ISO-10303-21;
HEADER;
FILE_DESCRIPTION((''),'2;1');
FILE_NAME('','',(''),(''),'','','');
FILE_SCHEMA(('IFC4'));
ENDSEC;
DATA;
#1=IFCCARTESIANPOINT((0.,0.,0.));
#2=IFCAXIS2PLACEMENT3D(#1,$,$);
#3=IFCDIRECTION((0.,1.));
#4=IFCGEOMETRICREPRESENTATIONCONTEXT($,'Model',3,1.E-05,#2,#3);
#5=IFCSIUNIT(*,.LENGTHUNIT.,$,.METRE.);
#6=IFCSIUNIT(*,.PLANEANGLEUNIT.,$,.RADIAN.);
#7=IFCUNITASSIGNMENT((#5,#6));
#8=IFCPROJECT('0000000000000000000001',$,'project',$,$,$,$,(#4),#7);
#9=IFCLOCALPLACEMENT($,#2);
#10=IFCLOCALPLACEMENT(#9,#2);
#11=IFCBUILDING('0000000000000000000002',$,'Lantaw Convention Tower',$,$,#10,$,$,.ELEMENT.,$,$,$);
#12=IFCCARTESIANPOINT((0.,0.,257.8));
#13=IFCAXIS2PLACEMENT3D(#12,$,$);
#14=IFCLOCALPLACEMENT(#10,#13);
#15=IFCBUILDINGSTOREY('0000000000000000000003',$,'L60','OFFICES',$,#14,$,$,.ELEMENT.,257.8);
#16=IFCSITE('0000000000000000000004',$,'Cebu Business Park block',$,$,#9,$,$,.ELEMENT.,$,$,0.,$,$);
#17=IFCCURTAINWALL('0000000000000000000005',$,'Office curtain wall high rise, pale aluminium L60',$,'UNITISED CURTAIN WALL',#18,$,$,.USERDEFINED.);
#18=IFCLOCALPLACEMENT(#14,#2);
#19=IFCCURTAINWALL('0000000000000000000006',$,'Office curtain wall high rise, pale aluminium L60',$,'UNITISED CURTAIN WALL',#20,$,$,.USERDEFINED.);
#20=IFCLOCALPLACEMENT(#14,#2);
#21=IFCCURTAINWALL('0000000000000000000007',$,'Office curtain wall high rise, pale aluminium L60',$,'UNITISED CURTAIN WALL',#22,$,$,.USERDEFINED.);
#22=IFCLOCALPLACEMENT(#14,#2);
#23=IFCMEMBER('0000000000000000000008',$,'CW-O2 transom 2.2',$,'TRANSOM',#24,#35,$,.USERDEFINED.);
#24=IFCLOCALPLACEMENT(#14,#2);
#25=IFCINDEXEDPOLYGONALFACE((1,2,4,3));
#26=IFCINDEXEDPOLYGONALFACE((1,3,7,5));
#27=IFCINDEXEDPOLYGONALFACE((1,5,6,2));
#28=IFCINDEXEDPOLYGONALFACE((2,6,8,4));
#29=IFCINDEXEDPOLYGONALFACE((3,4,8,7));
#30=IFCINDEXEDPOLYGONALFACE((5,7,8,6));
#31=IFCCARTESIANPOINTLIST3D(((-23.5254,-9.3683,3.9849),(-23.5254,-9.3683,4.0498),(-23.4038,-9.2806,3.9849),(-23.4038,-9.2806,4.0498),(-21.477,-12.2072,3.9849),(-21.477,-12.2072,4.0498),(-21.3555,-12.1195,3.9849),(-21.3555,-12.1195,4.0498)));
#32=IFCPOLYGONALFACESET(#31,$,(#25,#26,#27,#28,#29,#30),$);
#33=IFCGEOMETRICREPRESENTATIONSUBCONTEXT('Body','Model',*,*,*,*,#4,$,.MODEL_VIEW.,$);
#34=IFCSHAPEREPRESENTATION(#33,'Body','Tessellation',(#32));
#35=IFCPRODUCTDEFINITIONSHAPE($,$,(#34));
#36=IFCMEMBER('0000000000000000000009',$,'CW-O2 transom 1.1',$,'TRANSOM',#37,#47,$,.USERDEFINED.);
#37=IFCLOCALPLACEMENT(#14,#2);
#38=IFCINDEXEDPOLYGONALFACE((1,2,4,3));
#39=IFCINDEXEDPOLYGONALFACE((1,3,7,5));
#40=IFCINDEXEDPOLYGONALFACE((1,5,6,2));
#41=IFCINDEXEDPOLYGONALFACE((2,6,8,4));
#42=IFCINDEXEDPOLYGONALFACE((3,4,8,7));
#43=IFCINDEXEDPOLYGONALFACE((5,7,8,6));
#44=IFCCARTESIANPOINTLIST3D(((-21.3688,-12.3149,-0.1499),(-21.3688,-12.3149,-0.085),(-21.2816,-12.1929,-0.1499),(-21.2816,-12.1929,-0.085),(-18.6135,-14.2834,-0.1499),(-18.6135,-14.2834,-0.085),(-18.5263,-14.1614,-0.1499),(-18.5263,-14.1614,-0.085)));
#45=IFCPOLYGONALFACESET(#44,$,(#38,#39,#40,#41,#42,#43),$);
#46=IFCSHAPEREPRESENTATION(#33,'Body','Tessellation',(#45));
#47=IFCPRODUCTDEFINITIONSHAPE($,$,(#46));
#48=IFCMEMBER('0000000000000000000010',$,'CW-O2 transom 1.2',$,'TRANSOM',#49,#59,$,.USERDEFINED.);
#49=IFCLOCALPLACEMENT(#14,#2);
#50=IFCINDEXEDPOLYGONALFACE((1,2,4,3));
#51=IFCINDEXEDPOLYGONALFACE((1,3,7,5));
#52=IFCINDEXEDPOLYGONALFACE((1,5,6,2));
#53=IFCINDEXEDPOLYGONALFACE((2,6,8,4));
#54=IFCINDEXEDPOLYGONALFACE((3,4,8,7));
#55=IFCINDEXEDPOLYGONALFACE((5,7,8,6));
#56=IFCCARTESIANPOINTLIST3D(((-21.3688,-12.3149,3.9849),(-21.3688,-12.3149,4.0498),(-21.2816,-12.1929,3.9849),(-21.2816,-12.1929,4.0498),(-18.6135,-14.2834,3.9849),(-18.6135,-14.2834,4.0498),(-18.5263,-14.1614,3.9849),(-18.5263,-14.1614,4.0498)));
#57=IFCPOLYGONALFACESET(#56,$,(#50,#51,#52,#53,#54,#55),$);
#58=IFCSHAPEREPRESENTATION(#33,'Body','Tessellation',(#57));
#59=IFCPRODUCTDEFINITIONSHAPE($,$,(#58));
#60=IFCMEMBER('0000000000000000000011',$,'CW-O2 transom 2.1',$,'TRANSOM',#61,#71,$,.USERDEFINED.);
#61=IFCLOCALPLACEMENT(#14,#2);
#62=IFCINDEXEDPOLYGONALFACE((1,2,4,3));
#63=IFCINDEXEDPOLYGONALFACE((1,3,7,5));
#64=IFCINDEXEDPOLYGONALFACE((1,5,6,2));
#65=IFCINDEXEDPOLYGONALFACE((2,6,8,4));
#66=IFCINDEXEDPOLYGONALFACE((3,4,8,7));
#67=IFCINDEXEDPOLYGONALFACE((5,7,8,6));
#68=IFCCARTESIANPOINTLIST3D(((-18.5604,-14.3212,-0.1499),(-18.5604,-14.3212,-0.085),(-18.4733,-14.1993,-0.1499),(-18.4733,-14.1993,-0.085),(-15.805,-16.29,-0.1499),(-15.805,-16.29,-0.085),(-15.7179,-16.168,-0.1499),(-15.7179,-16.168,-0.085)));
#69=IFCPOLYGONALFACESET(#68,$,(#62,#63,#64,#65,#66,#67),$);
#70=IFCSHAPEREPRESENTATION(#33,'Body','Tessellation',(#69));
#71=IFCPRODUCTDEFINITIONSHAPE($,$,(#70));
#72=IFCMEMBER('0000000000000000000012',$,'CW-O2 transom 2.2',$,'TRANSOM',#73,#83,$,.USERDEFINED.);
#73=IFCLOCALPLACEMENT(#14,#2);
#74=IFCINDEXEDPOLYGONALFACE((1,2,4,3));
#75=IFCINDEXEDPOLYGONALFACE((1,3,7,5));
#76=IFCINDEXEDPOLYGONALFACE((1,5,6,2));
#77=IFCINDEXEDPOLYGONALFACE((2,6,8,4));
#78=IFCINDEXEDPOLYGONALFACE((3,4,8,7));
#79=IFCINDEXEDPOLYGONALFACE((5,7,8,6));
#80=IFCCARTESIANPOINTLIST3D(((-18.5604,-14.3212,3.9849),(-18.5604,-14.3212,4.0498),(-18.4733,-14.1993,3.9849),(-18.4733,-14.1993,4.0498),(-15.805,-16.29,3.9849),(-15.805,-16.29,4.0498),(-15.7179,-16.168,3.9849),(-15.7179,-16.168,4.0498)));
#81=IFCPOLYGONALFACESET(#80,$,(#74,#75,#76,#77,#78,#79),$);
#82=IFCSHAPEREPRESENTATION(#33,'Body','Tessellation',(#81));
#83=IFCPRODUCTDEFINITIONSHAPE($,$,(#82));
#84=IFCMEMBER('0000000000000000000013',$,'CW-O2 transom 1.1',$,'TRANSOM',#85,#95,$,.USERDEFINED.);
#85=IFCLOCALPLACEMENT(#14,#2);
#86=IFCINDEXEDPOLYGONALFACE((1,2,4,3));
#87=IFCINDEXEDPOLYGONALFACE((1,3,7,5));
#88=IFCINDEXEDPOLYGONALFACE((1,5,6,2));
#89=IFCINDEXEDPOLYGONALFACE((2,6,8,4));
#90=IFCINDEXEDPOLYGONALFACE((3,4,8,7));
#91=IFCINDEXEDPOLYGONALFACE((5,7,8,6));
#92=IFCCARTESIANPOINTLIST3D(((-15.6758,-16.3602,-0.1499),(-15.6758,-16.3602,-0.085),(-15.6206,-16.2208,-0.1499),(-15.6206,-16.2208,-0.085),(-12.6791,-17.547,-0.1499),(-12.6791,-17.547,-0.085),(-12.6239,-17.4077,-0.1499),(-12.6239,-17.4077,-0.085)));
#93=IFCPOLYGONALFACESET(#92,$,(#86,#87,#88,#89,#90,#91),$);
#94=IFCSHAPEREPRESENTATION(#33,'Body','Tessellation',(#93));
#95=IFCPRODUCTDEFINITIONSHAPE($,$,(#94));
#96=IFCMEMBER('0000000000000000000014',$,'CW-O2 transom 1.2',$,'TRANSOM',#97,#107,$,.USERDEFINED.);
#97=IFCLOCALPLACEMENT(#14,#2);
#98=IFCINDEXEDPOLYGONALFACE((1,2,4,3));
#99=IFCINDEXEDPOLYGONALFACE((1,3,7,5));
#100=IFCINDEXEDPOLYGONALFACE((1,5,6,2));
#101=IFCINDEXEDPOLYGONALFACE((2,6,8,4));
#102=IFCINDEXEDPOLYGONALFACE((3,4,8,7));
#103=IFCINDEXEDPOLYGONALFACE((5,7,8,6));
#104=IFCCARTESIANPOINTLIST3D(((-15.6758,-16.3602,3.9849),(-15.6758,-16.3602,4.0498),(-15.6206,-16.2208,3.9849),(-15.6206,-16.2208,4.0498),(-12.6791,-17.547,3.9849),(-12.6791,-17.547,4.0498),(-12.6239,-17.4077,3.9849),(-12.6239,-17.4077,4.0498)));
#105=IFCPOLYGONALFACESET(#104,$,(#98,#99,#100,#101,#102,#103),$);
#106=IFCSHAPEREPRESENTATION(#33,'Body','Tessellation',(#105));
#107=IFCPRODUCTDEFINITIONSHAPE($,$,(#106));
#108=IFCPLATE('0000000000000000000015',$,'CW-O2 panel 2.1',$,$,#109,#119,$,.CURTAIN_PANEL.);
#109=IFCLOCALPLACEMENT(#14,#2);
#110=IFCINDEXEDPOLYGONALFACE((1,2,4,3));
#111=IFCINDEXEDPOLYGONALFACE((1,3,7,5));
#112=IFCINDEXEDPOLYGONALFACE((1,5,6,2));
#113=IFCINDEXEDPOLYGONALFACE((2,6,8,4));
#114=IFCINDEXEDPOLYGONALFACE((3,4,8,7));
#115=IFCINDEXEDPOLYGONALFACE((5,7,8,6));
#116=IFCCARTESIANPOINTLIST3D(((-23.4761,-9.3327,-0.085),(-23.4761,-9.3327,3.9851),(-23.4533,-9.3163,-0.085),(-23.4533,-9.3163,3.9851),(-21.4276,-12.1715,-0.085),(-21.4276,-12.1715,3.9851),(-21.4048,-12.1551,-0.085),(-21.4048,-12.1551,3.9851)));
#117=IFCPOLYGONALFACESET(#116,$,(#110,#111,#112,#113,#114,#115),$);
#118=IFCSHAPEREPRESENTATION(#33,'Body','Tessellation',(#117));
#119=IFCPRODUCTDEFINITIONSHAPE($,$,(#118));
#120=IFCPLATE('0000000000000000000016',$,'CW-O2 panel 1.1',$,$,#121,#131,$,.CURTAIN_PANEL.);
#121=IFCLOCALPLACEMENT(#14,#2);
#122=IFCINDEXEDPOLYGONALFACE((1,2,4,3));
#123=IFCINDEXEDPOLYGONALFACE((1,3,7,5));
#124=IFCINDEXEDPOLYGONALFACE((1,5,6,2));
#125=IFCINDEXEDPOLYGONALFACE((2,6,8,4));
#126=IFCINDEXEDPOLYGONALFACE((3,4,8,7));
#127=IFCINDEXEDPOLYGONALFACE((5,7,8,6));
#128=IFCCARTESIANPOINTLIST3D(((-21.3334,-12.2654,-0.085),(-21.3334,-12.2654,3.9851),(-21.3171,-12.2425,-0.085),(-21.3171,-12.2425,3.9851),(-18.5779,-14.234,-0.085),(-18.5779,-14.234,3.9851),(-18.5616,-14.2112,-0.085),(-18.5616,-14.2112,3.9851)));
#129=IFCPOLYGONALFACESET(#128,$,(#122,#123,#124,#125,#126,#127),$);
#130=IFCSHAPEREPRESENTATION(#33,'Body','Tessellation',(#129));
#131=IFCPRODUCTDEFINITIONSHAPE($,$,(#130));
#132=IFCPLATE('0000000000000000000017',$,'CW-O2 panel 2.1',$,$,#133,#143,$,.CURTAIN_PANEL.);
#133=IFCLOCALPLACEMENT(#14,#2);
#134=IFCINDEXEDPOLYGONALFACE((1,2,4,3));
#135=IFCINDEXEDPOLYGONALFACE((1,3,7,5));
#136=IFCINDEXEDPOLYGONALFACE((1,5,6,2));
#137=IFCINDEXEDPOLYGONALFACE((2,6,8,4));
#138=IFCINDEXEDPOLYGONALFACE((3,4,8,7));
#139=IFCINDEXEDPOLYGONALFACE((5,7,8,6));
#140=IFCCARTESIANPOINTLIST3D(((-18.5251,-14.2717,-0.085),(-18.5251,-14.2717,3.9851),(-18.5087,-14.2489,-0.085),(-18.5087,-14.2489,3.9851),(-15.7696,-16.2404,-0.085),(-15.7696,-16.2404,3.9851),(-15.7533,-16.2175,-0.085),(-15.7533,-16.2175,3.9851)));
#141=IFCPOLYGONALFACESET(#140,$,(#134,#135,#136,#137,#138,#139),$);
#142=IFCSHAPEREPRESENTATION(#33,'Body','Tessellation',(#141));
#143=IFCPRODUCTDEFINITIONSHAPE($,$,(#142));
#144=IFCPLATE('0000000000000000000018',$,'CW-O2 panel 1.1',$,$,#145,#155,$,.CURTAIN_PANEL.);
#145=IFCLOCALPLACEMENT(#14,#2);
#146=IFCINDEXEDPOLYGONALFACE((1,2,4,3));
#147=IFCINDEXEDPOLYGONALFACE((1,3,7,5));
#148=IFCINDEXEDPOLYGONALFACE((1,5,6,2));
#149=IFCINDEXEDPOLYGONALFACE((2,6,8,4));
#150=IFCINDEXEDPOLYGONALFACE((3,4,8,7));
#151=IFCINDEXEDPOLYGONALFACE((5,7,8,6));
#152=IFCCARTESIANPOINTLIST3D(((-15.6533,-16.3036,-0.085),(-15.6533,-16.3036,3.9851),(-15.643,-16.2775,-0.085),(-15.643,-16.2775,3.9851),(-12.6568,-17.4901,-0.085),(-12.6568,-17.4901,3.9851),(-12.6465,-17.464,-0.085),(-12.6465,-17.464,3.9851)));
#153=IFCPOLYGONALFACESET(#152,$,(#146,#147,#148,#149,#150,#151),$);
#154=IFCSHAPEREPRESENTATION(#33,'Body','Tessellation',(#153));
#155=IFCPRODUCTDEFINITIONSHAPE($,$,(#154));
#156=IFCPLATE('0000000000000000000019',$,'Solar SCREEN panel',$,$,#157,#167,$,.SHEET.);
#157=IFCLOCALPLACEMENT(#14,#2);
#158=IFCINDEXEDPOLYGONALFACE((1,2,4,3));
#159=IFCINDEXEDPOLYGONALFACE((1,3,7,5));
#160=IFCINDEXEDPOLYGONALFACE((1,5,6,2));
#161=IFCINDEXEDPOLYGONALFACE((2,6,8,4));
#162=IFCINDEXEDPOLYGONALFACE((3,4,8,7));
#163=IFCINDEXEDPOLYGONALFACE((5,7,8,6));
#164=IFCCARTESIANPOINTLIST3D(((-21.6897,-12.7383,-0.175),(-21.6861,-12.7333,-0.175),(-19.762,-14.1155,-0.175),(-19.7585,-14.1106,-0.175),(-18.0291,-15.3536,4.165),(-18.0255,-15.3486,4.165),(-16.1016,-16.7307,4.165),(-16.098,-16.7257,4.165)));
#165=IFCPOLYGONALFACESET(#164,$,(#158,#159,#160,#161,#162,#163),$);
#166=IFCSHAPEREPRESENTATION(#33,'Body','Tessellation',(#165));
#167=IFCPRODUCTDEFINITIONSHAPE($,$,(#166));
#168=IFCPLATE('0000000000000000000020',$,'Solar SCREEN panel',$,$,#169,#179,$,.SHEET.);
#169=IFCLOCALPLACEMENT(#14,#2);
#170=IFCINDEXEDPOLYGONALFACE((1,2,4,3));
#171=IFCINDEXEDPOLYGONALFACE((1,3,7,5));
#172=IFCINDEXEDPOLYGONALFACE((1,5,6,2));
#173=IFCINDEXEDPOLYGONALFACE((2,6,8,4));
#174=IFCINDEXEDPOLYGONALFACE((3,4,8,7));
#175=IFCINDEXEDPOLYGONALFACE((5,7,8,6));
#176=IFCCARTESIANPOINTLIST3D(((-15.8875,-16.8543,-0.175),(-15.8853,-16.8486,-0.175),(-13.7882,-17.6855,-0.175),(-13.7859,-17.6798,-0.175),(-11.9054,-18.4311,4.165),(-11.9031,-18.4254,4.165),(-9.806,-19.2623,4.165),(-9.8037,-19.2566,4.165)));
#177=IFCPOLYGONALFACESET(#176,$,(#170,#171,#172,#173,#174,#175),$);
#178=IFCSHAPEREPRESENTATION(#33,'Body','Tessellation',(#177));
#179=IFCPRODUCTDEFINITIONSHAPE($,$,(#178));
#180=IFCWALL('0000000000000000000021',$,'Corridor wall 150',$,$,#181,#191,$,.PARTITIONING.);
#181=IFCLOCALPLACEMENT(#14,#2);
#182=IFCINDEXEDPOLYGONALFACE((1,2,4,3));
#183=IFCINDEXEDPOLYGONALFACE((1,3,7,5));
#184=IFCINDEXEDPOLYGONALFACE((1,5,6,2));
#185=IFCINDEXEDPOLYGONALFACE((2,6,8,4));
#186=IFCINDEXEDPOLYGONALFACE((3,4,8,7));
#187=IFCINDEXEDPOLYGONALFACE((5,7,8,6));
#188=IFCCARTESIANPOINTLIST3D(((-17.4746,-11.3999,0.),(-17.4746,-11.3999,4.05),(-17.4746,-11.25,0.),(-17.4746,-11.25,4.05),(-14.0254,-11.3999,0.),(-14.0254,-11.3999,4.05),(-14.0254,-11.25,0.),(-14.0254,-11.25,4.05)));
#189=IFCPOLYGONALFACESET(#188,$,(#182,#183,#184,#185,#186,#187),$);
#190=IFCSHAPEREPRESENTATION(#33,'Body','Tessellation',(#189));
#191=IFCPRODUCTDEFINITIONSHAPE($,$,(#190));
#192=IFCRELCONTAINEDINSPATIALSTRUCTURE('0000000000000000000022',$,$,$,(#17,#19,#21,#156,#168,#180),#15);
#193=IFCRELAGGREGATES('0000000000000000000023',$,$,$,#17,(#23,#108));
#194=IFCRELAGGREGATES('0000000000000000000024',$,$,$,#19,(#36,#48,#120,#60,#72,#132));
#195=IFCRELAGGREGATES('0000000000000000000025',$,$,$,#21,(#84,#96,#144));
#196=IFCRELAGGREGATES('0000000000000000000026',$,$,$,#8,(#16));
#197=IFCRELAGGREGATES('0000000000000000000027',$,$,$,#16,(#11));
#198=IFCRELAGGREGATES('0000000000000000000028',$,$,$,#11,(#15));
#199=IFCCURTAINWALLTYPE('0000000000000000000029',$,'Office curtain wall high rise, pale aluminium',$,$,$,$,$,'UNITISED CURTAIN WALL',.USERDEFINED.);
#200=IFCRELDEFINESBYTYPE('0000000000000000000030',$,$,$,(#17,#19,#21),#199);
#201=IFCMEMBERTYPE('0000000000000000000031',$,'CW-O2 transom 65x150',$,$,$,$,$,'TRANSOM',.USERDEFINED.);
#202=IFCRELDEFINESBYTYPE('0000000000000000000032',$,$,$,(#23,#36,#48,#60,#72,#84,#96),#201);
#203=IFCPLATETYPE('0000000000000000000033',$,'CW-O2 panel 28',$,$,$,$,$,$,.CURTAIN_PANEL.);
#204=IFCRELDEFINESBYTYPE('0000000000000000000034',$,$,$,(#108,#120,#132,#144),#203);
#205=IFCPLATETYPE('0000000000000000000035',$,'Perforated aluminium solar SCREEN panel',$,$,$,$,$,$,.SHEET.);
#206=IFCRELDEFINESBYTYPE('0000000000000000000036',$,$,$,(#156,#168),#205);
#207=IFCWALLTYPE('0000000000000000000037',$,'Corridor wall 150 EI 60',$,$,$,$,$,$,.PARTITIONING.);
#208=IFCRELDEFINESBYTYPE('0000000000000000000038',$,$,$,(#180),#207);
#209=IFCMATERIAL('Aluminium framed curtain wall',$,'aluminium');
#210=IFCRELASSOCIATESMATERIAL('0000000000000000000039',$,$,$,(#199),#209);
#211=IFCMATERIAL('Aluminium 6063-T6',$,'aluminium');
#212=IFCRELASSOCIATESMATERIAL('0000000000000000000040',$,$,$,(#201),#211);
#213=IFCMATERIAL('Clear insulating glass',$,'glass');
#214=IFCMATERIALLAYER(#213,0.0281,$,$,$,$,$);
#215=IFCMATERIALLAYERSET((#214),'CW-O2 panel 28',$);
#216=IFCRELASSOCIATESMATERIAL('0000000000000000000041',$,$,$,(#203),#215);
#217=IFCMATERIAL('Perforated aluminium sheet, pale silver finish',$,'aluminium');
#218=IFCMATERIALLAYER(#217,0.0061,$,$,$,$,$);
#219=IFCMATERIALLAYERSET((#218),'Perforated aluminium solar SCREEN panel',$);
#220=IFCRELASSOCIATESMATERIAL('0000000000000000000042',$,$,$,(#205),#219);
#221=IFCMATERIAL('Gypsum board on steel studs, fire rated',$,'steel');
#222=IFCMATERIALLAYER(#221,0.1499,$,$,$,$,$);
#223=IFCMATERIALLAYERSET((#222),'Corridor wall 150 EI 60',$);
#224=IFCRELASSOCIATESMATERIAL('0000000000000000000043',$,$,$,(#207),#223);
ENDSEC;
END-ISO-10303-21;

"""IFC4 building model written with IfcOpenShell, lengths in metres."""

from ifc_helpers import new_model, si_unit, direction, frame, frame_2d, origin, origin_2d, place, context, subcontext, project, spatial, polyline, rectangle, outline, extrude, material, layer, layer_set, material_profile, profile_set, type_object, element, aggregate, save


model = new_model("IFC4")

# Units and contexts
model_context = context("Model", 3, precision=1e-05, world=origin(), true_north=direction((0.0, 1.0)))
body_context = subcontext(model_context, "Body", "Model", "MODEL_VIEW")
ifc_project = project(units=[si_unit("LENGTHUNIT", "METRE"), si_unit("PLANEANGLEUNIT", "RADIAN")], contexts=[model_context])

# Site, building, storey
site_placement = place(None, origin())
site = spatial("IfcSite", under=ifc_project, at=site_placement, Name="Cebu Business Park block", CompositionType="ELEMENT", RefElevation=0.0)
building_placement = place(site_placement, origin())
building = spatial("IfcBuilding", under=site, at=building_placement, Name="Lantaw Convention Tower", CompositionType="ELEMENT")
storey_placement = place(building_placement, frame((0.0, 0.0, 257.8)))
storey = spatial("IfcBuildingStorey", under=building, at=storey_placement, Name="L60", Description="OFFICES", CompositionType="ELEMENT", Elevation=257.8)

# Curtain walls
ifc_material_1 = material(Name="Aluminium framed curtain wall", Category="aluminium")
curtain_wall_type = type_object("IfcCurtainWallType", Name="Office curtain wall high rise, pale aluminium", ElementType="UNITISED CURTAIN WALL", PredefinedType="USERDEFINED", material=ifc_material_1)
curtain_wall_1_placement = place(storey_placement, origin())
curtain_wall_1 = element("IfcCurtainWall", 1, at=curtain_wall_1_placement, inside=storey, type_object=curtain_wall_type, Name="Office curtain wall high rise, pale aluminium L60", ObjectType="UNITISED CURTAIN WALL", PredefinedType="USERDEFINED")
ifc_material_2 = material(Name="Aluminium 6063-T6", Category="aluminium")
curtain_wall_2_placement = place(storey_placement, origin())
curtain_wall_2 = element("IfcCurtainWall", 2, at=curtain_wall_2_placement, inside=storey, type_object=curtain_wall_type, Name="Office curtain wall high rise, pale aluminium L60", ObjectType="UNITISED CURTAIN WALL", PredefinedType="USERDEFINED")

# Curtain wall
curtain_wall_3_placement = place(storey_placement, origin())
curtain_wall_3 = element("IfcCurtainWall", 3, at=curtain_wall_3_placement, inside=storey, type_object=curtain_wall_type, Name="Office curtain wall high rise, pale aluminium L60", ObjectType="UNITISED CURTAIN WALL", PredefinedType="USERDEFINED")

# Members
ifc_material_profile_1 = material_profile(ifc_material_2, rectangle(XDim=0.1499, YDim=0.0649, at=origin_2d()), Name="CW-O2 transom 65x150")
ifc_profile_set_1 = profile_set([ifc_material_profile_1], Name="Aluminium 6063-T6")
member_type_1 = type_object("IfcMemberType", Name="CW-O2 transom 65x150", ElementType="TRANSOM", PredefinedType="USERDEFINED", material=ifc_profile_set_1)
member_1_placement = place(storey_placement, frame((-23.4646, -9.3245, 4.0173), z_axis=(0.585124, -0.810944, 0.0), x_axis=(0.810944, 0.585124, 0.0)))
member_1 = element("IfcMember", 4, at=member_1_placement, type_object=member_type_1, Name="CW-O2 transom 2.2", ObjectType="TRANSOM", PredefinedType="USERDEFINED", context=body_context, shape_type="SweptSolid", body=[
    extrude(rectangle(XDim=0.1499, YDim=0.0649, at=origin_2d()), origin(), (0.0, 0.0, 1.0), 3.5007),
])
member_2_placement = place(storey_placement, frame((-21.3252, -12.2539, -0.1174), z_axis=(0.81368, -0.581313, 0.0), x_axis=(0.581313, 0.81368, 0.0)))
member_2 = element("IfcMember", 5, at=member_2_placement, type_object=member_type_1, Name="CW-O2 transom 1.1", ObjectType="TRANSOM", PredefinedType="USERDEFINED", context=body_context, shape_type="SweptSolid", body=[
    extrude(rectangle(XDim=0.1499, YDim=0.0649, at=origin_2d()), origin(), (0.0, 0.0, 1.0), 3.3862),
])
member_3_placement = place(storey_placement, frame((-21.3252, -12.2539, 4.0173), z_axis=(0.81368, -0.581313, 0.0), x_axis=(0.581313, 0.81368, 0.0)))
member_3 = element("IfcMember", 6, at=member_3_placement, type_object=member_type_1, Name="CW-O2 transom 1.2", ObjectType="TRANSOM", PredefinedType="USERDEFINED", context=body_context, shape_type="SweptSolid", body=[
    extrude(rectangle(XDim=0.1499, YDim=0.0649, at=origin_2d()), origin(), (0.0, 0.0, 1.0), 3.3862),
])
member_4_placement = place(storey_placement, frame((-18.5168, -14.2603, -0.1174), z_axis=(0.813646, -0.581361, 0.0), x_axis=(0.581361, 0.813646, 0.0)))
member_4 = element("IfcMember", 7, at=member_4_placement, type_object=member_type_1, Name="CW-O2 transom 2.1", ObjectType="TRANSOM", PredefinedType="USERDEFINED", context=body_context, shape_type="SweptSolid", body=[
    extrude(rectangle(XDim=0.1499, YDim=0.0649, at=origin_2d()), origin(), (0.0, 0.0, 1.0), 3.3865),
])
member_5_placement = place(storey_placement, frame((-18.5168, -14.2603, 4.0173), z_axis=(0.813646, -0.581361, 0.0), x_axis=(0.581361, 0.813646, 0.0)))
member_5 = element("IfcMember", 8, at=member_5_placement, type_object=member_type_1, Name="CW-O2 transom 2.2", ObjectType="TRANSOM", PredefinedType="USERDEFINED", context=body_context, shape_type="SweptSolid", body=[
    extrude(rectangle(XDim=0.1499, YDim=0.0649, at=origin_2d()), origin(), (0.0, 0.0, 1.0), 3.3865),
])
member_6_placement = place(storey_placement, frame((-15.6482, -16.2905, -0.1174), z_axis=(0.929741, -0.368215, 0.0), x_axis=(0.368215, 0.929741, 0.0)))
member_6 = element("IfcMember", 9, at=member_6_placement, type_object=member_type_1, Name="CW-O2 transom 1.1", ObjectType="TRANSOM", PredefinedType="USERDEFINED", context=body_context, shape_type="SweptSolid", body=[
    extrude(rectangle(XDim=0.1499, YDim=0.0649, at=origin_2d()), origin(), (0.0, 0.0, 1.0), 3.2231),
])
member_7_placement = place(storey_placement, frame((-15.6482, -16.2905, 4.0173), z_axis=(0.929741, -0.368215, 0.0), x_axis=(0.368215, 0.929741, 0.0)))
member_7 = element("IfcMember", 10, at=member_7_placement, type_object=member_type_1, Name="CW-O2 transom 1.2", ObjectType="TRANSOM", PredefinedType="USERDEFINED", context=body_context, shape_type="SweptSolid", body=[
    extrude(rectangle(XDim=0.1499, YDim=0.0649, at=origin_2d()), origin(), (0.0, 0.0, 1.0), 3.2231),
])

# Plates
ifc_material_3 = material(Name="Clear insulating glass", Category="glass")
ifc_layer_1 = layer(ifc_material_3, 0.0281)
ifc_layer_set_1 = layer_set([ifc_layer_1], Name="CW-O2 panel 28")
plate_type_1 = type_object("IfcPlateType", Name="CW-O2 panel 28", PredefinedType="CURTAIN_PANEL", material=ifc_layer_set_1)
plate_1_placement = place(storey_placement, frame((-22.4404, -10.7439, -0.085), z_axis=(0.0, 0.0, 1.0), x_axis=(0.585158, -0.81092, 0.0)))
plate_1 = element("IfcPlate", 11, at=plate_1_placement, type_object=plate_type_1, Name="CW-O2 panel 2.1", PredefinedType="CURTAIN_PANEL", context=body_context, shape_type="SweptSolid", body=[
    extrude(rectangle(XDim=3.5007, YDim=0.0281, at=origin_2d()), origin(), (0.0, 0.0, 1.0), 4.0701),
])
aggregate(curtain_wall_1, [member_1, plate_1])
plate_2_placement = place(storey_placement, frame((-19.9475, -13.2383, -0.085), z_axis=(0.0, 0.0, 1.0), x_axis=(0.813673, -0.581323, 0.0)))
plate_2 = element("IfcPlate", 12, at=plate_2_placement, type_object=plate_type_1, Name="CW-O2 panel 1.1", PredefinedType="CURTAIN_PANEL", context=body_context, shape_type="SweptSolid", body=[
    extrude(rectangle(XDim=3.3865, YDim=0.0281, at=origin_2d()), origin(), (0.0, 0.0, 1.0), 4.0701),
])
plate_3_placement = place(storey_placement, frame((-17.1392, -15.2446, -0.085), z_axis=(0.0, 0.0, 1.0), x_axis=(0.813673, -0.581323, 0.0)))
plate_3 = element("IfcPlate", 13, at=plate_3_placement, type_object=plate_type_1, Name="CW-O2 panel 2.1", PredefinedType="CURTAIN_PANEL", context=body_context, shape_type="SweptSolid", body=[
    extrude(rectangle(XDim=3.3865, YDim=0.0281, at=origin_2d()), origin(), (0.0, 0.0, 1.0), 4.0701),
])
aggregate(curtain_wall_2, [member_2, member_3, plate_2, member_4, member_5, plate_3])
plate_4_placement = place(storey_placement, frame((-14.1499, -16.8838, -0.085), z_axis=(0.0, 0.0, 1.0), x_axis=(0.929762, -0.368162, 0.0)))
plate_4 = element("IfcPlate", 14, at=plate_4_placement, type_object=plate_type_1, Name="CW-O2 panel 1.1", PredefinedType="CURTAIN_PANEL", context=body_context, shape_type="SweptSolid", body=[
    extrude(rectangle(XDim=3.2229, YDim=0.0281, at=origin_2d()), origin(), (0.0, 0.0, 1.0), 4.0701),
])
aggregate(curtain_wall_3, [member_6, member_7, plate_4])

# Plates
ifc_material_4 = material(Name="Perforated aluminium sheet, pale silver finish", Category="aluminium")
ifc_layer_2 = layer(ifc_material_4, 0.0061)
ifc_layer_set_2 = layer_set([ifc_layer_2], Name="Perforated aluminium solar SCREEN panel")
plate_type_2 = type_object("IfcPlateType", Name="Perforated aluminium solar SCREEN panel", PredefinedType="SHEET", material=ifc_layer_set_2)
plate_5_placement = place(storey_placement, frame((-21.6897, -12.7383, -0.175), z_axis=(-0.581331, -0.813667, 0.00001), x_axis=(0.813667, -0.581331, 0.0)))
element("IfcPlate", 15, at=plate_5_placement, inside=storey, type_object=plate_type_2, Name="Solar SCREEN panel", PredefinedType="SHEET", context=body_context, shape_type="SweptSolid", body=[
    extrude(outline(polyline([(0.0, 0.0), (2.3691, 0.0), (6.8678, 4.3401), (4.4989, 4.3401), (0.0, 0.0)])), origin(), (0.0, 0.0, -1.0), 0.0061),
])
plate_6_placement = place(storey_placement, frame((-15.8853, -16.8486, -0.175), z_axis=(0.368117, 0.92978, 0.000036), x_axis=(0.92978, -0.368117, 0.0)))
element("IfcPlate", 16, at=plate_6_placement, inside=storey, type_object=plate_type_2, Name="Solar SCREEN panel", PredefinedType="SHEET", context=body_context, shape_type="SweptSolid", body=[
    extrude(outline(polyline([(0.0, 0.0), (2.2579, 0.0), (6.5409, -4.3401), (4.2829, -4.3401), (0.0, 0.0)])), origin(), (0.0, 0.0, -1.0), 0.0061),
])

# Wall
ifc_material_5 = material(Name="Gypsum board on steel studs, fire rated", Category="steel")
ifc_layer_3 = layer(ifc_material_5, 0.1499)
ifc_layer_set_3 = layer_set([ifc_layer_3], Name="Corridor wall 150 EI 60")
wall_type = type_object("IfcWallType", Name="Corridor wall 150 EI 60", PredefinedType="PARTITIONING", material=ifc_layer_set_3)
wall_1_placement = place(storey_placement, frame((-14.0254, -11.325, 0.0), z_axis=(0.0, 0.0, 1.0), x_axis=(-1.0, 0.0, 0.0)))
element("IfcWall", 17, at=wall_1_placement, inside=storey, type_object=wall_type, Name="Corridor wall 150", PredefinedType="PARTITIONING", context=body_context, shape_type="SweptSolid", body=[
    extrude(rectangle(XDim=3.4492, YDim=0.1499, at=frame_2d((1.7246, 0.0))), origin(), (0.0, 0.0, 1.0), 4.05),
])

save(model, "model.ifc")
